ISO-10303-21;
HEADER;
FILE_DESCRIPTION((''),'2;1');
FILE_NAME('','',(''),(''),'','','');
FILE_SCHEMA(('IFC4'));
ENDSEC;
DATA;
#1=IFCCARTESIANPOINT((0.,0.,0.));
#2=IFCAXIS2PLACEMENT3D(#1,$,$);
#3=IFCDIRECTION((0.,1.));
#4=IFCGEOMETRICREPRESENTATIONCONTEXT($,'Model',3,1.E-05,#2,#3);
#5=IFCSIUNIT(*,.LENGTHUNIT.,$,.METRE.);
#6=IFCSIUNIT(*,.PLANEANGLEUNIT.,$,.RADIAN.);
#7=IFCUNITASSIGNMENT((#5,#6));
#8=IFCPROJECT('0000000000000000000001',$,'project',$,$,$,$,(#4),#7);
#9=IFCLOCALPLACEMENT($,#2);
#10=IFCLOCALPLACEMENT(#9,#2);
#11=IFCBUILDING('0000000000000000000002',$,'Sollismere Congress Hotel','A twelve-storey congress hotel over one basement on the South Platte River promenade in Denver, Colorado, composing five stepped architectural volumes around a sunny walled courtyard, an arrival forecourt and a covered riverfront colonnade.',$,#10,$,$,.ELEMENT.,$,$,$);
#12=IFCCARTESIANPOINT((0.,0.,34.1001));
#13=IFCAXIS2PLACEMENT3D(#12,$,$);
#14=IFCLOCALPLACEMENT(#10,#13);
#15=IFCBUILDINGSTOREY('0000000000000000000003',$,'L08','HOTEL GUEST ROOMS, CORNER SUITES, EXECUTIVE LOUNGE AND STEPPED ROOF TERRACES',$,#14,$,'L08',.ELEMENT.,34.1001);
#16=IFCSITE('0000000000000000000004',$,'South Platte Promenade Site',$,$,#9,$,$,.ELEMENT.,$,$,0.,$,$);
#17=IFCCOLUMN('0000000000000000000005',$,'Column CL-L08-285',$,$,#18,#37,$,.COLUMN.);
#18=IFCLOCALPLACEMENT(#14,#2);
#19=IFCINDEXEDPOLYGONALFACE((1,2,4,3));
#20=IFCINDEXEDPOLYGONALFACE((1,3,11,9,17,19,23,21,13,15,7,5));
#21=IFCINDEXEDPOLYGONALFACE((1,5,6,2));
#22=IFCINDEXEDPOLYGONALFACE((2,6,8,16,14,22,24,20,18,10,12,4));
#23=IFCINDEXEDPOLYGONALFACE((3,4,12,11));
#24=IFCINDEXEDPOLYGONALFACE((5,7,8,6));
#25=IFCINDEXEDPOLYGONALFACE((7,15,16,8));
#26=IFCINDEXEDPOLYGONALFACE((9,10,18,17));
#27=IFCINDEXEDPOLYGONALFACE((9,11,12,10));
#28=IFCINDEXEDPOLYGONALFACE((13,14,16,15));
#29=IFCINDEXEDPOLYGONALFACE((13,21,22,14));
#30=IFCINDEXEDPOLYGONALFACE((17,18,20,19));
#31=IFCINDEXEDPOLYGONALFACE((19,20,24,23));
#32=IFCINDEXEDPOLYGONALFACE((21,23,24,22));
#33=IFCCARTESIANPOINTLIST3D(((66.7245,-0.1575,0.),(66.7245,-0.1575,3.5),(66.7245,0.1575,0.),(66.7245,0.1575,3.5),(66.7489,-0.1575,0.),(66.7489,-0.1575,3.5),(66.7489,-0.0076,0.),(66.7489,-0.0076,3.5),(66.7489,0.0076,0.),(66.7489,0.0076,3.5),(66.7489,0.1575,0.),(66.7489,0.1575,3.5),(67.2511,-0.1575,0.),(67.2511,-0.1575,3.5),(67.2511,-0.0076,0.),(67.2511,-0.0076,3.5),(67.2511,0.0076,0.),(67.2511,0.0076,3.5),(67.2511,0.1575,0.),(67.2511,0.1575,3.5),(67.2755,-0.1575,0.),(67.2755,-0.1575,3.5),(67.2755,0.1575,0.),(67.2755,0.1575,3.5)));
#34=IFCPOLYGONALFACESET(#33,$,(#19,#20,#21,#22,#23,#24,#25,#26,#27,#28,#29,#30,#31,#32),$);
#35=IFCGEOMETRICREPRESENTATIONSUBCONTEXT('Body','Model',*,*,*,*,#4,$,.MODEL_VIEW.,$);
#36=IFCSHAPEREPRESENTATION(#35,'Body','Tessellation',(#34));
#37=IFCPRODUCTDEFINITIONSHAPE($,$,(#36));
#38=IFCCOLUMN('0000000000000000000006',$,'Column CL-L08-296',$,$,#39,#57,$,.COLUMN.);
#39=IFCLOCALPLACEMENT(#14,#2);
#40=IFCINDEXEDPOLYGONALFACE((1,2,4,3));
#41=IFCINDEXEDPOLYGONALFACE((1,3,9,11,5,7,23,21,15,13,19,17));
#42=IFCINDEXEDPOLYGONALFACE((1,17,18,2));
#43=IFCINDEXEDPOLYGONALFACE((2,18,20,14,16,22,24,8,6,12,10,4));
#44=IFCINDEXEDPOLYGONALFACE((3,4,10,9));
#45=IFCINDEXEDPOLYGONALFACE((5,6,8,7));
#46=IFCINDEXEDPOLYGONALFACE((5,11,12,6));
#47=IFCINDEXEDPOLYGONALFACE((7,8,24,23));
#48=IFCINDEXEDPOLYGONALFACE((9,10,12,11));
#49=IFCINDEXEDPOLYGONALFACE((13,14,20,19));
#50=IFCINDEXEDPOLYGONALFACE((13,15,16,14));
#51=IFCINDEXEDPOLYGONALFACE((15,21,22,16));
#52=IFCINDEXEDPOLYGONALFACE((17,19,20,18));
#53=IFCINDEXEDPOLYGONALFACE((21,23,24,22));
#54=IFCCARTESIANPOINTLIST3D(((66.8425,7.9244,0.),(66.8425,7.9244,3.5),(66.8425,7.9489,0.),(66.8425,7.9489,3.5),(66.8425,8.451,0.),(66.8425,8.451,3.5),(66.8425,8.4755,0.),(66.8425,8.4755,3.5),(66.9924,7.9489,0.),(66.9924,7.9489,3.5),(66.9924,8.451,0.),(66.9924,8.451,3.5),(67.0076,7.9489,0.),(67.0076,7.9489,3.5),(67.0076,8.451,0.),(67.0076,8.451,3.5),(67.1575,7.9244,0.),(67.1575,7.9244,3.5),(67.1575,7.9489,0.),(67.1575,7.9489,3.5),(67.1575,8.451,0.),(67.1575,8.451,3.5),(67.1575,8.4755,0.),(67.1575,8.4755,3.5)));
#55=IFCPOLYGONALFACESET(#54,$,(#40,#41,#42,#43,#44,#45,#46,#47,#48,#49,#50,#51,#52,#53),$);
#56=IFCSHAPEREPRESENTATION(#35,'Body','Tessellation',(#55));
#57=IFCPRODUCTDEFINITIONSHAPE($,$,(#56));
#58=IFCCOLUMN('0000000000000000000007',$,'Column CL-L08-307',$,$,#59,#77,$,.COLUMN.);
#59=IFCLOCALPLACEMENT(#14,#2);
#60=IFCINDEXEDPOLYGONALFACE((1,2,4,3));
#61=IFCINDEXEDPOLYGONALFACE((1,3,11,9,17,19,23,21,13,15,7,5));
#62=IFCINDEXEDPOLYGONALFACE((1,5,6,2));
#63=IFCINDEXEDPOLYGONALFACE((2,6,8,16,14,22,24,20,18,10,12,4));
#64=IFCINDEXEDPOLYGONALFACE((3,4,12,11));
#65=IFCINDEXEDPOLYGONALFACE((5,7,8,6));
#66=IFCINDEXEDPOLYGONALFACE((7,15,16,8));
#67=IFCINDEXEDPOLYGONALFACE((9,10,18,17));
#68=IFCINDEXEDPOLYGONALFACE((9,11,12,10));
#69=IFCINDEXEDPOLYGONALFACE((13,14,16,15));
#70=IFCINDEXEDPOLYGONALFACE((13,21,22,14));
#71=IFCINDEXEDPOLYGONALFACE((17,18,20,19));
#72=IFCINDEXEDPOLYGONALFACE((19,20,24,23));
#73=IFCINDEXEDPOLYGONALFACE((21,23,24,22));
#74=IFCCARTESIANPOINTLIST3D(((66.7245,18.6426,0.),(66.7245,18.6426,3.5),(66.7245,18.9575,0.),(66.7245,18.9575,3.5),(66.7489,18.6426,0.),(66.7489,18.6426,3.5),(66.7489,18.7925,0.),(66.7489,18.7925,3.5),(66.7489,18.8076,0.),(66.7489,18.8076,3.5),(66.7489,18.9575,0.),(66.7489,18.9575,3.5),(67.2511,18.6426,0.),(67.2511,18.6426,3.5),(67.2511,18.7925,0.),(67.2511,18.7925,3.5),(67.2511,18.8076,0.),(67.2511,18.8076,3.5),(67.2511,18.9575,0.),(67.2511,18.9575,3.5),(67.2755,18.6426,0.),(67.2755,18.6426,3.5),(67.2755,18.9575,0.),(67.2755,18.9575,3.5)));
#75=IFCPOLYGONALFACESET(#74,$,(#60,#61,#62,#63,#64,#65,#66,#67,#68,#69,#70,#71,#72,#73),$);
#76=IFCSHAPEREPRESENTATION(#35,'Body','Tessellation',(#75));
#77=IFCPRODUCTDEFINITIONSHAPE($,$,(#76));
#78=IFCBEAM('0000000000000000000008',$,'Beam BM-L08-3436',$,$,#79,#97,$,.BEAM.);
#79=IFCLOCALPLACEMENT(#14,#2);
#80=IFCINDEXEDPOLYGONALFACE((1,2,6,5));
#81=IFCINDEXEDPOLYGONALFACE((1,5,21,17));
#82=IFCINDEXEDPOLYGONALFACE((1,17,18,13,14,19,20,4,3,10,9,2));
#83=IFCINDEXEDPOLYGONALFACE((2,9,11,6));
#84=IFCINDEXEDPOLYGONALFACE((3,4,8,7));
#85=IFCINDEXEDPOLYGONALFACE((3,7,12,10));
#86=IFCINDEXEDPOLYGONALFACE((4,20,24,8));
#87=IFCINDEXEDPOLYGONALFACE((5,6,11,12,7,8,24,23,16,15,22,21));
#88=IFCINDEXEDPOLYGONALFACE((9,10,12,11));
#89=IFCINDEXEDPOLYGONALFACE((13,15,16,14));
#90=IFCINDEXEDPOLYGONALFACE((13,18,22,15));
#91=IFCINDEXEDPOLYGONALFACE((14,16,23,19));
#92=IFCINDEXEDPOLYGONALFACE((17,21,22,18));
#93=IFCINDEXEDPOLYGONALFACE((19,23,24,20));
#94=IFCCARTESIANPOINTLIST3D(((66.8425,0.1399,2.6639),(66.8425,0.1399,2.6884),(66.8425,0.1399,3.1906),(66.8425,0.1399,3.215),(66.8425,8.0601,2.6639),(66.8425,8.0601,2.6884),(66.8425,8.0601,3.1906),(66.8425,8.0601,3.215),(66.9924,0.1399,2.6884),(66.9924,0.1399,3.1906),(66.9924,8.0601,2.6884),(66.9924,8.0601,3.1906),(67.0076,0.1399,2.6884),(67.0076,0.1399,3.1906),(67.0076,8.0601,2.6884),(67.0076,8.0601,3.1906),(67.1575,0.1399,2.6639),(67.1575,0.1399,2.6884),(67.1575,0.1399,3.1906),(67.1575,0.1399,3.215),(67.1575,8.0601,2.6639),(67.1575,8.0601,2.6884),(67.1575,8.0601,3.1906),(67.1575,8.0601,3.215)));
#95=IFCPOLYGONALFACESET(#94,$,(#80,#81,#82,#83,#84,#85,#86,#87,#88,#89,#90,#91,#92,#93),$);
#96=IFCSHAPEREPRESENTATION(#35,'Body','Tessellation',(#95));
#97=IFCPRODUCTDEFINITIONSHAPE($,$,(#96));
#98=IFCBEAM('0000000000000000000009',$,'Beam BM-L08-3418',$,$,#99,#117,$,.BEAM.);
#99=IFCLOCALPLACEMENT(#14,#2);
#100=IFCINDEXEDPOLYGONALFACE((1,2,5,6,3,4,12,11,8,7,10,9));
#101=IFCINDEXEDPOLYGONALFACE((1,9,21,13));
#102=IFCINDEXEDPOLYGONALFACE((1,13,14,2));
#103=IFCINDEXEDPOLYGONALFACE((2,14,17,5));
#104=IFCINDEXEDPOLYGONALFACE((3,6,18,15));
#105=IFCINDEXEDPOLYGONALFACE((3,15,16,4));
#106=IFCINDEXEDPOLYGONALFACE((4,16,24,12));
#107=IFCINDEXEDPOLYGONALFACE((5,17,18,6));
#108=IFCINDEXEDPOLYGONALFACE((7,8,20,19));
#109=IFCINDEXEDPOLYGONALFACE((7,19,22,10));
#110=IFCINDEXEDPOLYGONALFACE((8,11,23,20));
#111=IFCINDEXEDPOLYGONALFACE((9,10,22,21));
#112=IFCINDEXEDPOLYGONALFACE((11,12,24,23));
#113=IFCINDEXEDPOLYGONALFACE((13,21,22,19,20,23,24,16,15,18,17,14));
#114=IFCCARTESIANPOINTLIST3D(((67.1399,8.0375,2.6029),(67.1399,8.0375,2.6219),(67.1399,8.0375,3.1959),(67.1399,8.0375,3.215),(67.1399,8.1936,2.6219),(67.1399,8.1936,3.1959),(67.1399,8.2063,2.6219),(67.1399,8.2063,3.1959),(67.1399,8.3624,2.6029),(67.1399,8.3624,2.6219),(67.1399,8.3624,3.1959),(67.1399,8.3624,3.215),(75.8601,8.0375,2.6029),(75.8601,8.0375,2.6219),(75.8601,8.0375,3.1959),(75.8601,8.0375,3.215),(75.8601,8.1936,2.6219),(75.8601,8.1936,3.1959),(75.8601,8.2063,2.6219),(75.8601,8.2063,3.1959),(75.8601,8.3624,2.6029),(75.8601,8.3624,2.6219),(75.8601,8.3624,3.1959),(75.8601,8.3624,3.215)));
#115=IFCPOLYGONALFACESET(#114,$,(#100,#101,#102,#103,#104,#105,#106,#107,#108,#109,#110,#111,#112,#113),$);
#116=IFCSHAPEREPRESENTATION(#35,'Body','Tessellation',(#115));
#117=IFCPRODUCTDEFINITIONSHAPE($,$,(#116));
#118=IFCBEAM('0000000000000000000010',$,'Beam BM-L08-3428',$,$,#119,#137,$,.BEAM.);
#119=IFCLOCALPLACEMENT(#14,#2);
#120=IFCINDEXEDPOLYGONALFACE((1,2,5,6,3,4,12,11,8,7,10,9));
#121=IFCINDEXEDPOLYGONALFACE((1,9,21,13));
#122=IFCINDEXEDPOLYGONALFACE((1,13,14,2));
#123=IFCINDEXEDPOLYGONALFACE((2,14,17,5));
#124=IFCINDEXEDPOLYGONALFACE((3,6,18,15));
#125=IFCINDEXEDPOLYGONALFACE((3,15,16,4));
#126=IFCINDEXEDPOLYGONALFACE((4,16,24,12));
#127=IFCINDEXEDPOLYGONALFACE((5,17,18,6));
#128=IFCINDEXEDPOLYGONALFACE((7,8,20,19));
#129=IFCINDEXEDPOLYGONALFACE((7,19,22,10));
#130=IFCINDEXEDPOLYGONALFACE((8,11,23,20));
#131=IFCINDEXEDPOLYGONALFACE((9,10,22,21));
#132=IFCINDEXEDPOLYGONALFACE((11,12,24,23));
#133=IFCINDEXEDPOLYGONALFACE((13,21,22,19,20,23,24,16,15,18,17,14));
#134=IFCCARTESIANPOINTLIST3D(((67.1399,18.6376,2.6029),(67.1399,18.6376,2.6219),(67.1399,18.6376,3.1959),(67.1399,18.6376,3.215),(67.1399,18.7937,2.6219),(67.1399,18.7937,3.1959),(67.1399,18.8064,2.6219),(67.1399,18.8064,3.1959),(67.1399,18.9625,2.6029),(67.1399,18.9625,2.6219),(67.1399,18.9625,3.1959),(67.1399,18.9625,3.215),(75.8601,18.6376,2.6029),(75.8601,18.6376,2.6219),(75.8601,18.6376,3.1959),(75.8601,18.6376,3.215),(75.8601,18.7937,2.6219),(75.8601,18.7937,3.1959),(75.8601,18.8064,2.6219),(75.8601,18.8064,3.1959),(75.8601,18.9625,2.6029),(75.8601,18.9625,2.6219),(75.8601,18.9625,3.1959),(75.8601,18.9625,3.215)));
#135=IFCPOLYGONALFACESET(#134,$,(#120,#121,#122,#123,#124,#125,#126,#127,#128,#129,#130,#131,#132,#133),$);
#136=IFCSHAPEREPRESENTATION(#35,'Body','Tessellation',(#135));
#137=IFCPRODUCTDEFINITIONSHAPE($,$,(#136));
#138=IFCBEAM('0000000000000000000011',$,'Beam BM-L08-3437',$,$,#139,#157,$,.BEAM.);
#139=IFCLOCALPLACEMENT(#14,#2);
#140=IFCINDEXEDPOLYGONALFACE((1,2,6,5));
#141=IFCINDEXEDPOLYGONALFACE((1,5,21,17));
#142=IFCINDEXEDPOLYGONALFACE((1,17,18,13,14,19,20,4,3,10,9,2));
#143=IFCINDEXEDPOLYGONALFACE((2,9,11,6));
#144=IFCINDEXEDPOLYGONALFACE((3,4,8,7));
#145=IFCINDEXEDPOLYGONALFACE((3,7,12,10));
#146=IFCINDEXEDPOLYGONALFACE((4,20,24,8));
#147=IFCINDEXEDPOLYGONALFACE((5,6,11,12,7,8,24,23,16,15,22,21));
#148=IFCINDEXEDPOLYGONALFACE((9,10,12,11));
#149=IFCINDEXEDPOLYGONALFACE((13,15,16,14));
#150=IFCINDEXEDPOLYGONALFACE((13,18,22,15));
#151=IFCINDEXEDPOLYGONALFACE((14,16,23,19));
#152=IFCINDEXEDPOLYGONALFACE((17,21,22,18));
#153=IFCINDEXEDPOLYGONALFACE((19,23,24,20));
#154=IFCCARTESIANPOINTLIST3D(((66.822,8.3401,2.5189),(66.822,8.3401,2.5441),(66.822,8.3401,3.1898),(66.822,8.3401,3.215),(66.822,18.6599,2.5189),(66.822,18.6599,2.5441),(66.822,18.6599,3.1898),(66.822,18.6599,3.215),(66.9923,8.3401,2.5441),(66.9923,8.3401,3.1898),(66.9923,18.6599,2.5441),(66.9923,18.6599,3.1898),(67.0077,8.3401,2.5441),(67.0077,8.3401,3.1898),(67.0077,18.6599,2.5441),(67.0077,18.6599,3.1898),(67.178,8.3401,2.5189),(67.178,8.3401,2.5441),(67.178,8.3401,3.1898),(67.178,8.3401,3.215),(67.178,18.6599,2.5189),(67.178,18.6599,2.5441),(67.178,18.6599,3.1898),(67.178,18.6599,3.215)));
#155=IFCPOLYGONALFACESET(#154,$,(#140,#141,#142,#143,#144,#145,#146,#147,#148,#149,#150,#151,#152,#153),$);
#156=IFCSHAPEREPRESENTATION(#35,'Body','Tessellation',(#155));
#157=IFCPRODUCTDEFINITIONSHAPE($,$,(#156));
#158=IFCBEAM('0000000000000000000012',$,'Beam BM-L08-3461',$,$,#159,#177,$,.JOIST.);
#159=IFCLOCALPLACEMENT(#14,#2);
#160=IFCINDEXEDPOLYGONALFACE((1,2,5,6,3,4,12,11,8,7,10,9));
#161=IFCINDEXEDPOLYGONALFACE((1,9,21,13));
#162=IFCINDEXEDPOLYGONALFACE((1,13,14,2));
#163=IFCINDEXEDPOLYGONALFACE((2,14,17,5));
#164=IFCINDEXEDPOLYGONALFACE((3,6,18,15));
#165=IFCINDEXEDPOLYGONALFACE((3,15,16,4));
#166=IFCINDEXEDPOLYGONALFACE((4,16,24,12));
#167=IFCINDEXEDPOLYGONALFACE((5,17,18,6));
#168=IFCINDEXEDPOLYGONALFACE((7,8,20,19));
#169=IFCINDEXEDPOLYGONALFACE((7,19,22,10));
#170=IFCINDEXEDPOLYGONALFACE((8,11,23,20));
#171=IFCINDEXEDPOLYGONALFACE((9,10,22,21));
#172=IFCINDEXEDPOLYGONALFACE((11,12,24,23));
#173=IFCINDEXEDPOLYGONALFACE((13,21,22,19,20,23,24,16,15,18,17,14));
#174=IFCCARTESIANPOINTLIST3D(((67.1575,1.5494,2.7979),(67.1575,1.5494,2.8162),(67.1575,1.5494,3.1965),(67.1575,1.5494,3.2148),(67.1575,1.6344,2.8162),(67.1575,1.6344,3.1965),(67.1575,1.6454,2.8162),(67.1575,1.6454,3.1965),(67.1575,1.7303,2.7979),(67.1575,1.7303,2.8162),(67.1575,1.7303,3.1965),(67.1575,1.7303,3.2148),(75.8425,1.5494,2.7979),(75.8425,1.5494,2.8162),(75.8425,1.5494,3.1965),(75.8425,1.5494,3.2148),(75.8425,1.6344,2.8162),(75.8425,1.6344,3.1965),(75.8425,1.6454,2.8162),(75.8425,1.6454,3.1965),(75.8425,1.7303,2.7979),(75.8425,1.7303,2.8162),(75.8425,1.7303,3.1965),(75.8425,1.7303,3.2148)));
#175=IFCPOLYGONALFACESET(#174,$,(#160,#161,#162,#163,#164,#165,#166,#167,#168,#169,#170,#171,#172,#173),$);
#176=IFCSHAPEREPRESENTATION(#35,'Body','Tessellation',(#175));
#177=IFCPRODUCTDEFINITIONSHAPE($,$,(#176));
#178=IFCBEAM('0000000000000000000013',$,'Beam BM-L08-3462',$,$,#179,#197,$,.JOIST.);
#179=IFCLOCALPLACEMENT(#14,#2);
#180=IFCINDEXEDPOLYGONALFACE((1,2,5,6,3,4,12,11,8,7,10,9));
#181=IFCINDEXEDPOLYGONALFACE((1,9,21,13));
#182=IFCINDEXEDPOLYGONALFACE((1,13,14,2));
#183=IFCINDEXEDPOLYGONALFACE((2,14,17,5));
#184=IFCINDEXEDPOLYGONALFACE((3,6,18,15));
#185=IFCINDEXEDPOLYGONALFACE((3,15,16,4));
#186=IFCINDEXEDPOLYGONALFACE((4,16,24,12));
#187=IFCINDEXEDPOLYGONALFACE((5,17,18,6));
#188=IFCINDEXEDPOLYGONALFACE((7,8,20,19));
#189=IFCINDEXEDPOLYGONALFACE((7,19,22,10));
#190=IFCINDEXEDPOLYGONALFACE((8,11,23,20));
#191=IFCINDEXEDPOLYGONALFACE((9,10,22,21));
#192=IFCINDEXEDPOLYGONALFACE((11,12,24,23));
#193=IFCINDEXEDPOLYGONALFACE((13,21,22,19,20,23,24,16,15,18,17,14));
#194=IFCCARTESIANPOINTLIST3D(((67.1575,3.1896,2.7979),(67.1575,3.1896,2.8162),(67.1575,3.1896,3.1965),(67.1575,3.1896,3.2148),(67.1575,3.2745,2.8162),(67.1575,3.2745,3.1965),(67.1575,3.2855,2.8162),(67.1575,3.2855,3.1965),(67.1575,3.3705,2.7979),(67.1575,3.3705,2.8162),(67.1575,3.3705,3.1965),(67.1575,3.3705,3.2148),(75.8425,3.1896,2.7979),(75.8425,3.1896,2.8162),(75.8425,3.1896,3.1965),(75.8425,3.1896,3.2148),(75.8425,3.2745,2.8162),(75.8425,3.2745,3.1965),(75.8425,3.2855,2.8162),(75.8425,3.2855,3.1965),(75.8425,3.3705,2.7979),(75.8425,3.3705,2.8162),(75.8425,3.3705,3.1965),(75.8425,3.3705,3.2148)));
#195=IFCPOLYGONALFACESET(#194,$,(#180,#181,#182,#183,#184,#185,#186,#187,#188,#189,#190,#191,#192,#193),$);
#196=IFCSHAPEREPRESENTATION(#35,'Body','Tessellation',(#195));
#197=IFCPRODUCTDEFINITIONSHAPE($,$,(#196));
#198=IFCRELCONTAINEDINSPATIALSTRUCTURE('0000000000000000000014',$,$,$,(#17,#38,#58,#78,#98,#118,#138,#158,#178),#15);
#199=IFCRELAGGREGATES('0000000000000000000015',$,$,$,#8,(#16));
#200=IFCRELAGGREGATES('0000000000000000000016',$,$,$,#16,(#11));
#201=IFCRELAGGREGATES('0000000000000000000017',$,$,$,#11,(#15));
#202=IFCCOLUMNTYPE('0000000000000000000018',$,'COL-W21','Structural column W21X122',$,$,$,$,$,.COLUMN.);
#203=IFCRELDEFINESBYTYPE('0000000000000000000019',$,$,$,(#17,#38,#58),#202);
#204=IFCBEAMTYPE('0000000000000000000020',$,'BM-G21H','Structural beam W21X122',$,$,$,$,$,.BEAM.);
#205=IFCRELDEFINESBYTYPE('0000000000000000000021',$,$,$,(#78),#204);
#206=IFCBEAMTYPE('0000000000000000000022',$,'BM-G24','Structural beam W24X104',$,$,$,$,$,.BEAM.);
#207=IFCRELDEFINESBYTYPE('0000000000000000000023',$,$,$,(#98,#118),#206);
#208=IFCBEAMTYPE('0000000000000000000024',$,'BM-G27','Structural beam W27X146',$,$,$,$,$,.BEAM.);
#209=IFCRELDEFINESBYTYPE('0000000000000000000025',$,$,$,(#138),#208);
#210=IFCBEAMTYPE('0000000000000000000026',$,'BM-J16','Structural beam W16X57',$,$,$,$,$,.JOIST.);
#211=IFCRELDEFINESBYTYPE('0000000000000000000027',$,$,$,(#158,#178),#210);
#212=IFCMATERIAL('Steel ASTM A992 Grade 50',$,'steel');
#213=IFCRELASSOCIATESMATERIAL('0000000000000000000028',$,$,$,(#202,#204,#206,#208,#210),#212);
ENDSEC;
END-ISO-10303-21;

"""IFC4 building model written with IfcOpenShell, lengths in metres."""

from ifc_helpers import new_model, si_unit, direction, frame, origin, origin_2d, place, context, subcontext, project, spatial, i_section, extrude, material, material_profile, profile_set, type_object, element, save


model = new_model("IFC4")

# Units and contexts
model_context = context("Model", 3, precision=1e-05, world=origin(), true_north=direction((0.0, 1.0)))
body_context = subcontext(model_context, "Body", "Model", "MODEL_VIEW")
ifc_project = project(units=[si_unit("LENGTHUNIT", "METRE"), si_unit("PLANEANGLEUNIT", "RADIAN")], contexts=[model_context])

# Site, building, storey
site_placement = place(None, origin())
site = spatial("IfcSite", under=ifc_project, at=site_placement, Name="South Platte Promenade Site", CompositionType="ELEMENT", RefElevation=0.0)
building_placement = place(site_placement, origin())
building = spatial("IfcBuilding", under=site, at=building_placement, Name="Sollismere Congress Hotel", Description="A twelve-storey congress hotel over one basement on the South Platte River promenade in Denver, Colorado, composing five stepped architectural volumes around a sunny walled courtyard, an arrival forecourt and a covered riverfront colonnade.", CompositionType="ELEMENT")
storey_placement = place(building_placement, frame((0.0, 0.0, 34.1001)))
storey = spatial("IfcBuildingStorey", under=building, at=storey_placement, Name="L08", Description="HOTEL GUEST ROOMS, CORNER SUITES, EXECUTIVE LOUNGE AND STEPPED ROOF TERRACES", LongName="L08", CompositionType="ELEMENT", Elevation=34.1001)

# Columns
ifc_material_1 = material(Name="Steel ASTM A992 Grade 50", Category="steel")
ifc_material_profile_1 = material_profile(ifc_material_1, i_section(OverallWidth=0.3149, OverallDepth=0.551, WebThickness=0.0151, FlangeThickness=0.0244, at=origin_2d()), Name="W21X122")
ifc_profile_set_1 = profile_set([ifc_material_profile_1], Name="Steel ASTM A992 Grade 50")
column_type = type_object("IfcColumnType", Name="COL-W21", Description="Structural column W21X122", PredefinedType="COLUMN", material=ifc_profile_set_1)
for number, where, z_axis, x_axis, name in (
    (1, (67.0, 0.0, 0.0), (0.0, 0.0, 1.0), (0.0, 1.0, 0.0), "Column CL-L08-285"),
    (2, (67.0, 8.2, 0.0), (0.0, 0.0, 1.0), (1.0, 0.0, 0.0), "Column CL-L08-296"),
    (3, (67.0, 18.8, 0.0), (0.0, 0.0, 1.0), (0.0, 1.0, 0.0), "Column CL-L08-307"),
):
    element("IfcColumn", number, at=place(storey_placement, frame(where, z_axis=z_axis, x_axis=x_axis)), inside=storey, type_object=column_type, Name=name, PredefinedType="COLUMN", context=body_context, shape_type="SweptSolid", body=[
        extrude(i_section(OverallWidth=0.3149, OverallDepth=0.551, WebThickness=0.0151, FlangeThickness=0.0244, at=origin_2d()), origin(), (0.0, 0.0, 1.0), 3.5),
    ])

# Beams
ifc_material_profile_2 = material_profile(ifc_material_1, i_section(OverallWidth=0.3149, OverallDepth=0.551, WebThickness=0.0151, FlangeThickness=0.0244, at=origin_2d()), Name="W21X122")
ifc_profile_set_2 = profile_set([ifc_material_profile_2], Name="Steel ASTM A992 Grade 50")
beam_type_1 = type_object("IfcBeamType", Name="BM-G21H", Description="Structural beam W21X122", PredefinedType="BEAM", material=ifc_profile_set_2)
beam_1_placement = place(storey_placement, frame((67.0, 0.1399, 2.9395), z_axis=(0.0, 1.0, 0.0), x_axis=(-1.0, 0.0, 0.0)))
element("IfcBeam", 4, at=beam_1_placement, inside=storey, type_object=beam_type_1, Name="Beam BM-L08-3436", PredefinedType="BEAM", context=body_context, shape_type="SweptSolid", body=[
    extrude(i_section(OverallWidth=0.3149, OverallDepth=0.551, WebThickness=0.0151, FlangeThickness=0.0244, at=origin_2d()), origin(), (0.0, 0.0, 1.0), 7.9202),
])
ifc_material_profile_3 = material_profile(ifc_material_1, i_section(OverallWidth=0.325, OverallDepth=0.6121, WebThickness=0.0127, FlangeThickness=0.019, at=origin_2d()), Name="W24X104")
ifc_profile_set_3 = profile_set([ifc_material_profile_3], Name="Steel ASTM A992 Grade 50")
beam_type_2 = type_object("IfcBeamType", Name="BM-G24", Description="Structural beam W24X104", PredefinedType="BEAM", material=ifc_profile_set_3)
for number, where, z_axis, x_axis, name in (
    (5, (67.1399, 8.2, 2.9089), (1.0, 0.0, 0.0), (0.0, 1.0, 0.0), "Beam BM-L08-3418"),
    (6, (67.1399, 18.8, 2.9089), (1.0, 0.0, 0.0), (0.0, 1.0, 0.0), "Beam BM-L08-3428"),
):
    element("IfcBeam", number, at=place(storey_placement, frame(where, z_axis=z_axis, x_axis=x_axis)), inside=storey, type_object=beam_type_2, Name=name, PredefinedType="BEAM", context=body_context, shape_type="SweptSolid", body=[
        extrude(i_section(OverallWidth=0.325, OverallDepth=0.6121, WebThickness=0.0127, FlangeThickness=0.019, at=origin_2d()), origin(), (0.0, 0.0, 1.0), 8.7202),
    ])
ifc_material_profile_4 = material_profile(ifc_material_1, i_section(OverallWidth=0.356, OverallDepth=0.696, WebThickness=0.0154, FlangeThickness=0.0251, at=origin_2d()), Name="W27X146")
ifc_profile_set_4 = profile_set([ifc_material_profile_4], Name="Steel ASTM A992 Grade 50")
beam_type_3 = type_object("IfcBeamType", Name="BM-G27", Description="Structural beam W27X146", PredefinedType="BEAM", material=ifc_profile_set_4)
beam_2_placement = place(storey_placement, frame((67.0, 8.3401, 2.8669), z_axis=(0.0, 1.0, 0.0), x_axis=(-1.0, 0.0, 0.0)))
element("IfcBeam", 7, at=beam_2_placement, inside=storey, type_object=beam_type_3, Name="Beam BM-L08-3437", PredefinedType="BEAM", context=body_context, shape_type="SweptSolid", body=[
    extrude(i_section(OverallWidth=0.356, OverallDepth=0.696, WebThickness=0.0154, FlangeThickness=0.0251, at=origin_2d()), origin(), (0.0, 0.0, 1.0), 10.3198),
])
ifc_material_profile_5 = material_profile(ifc_material_1, i_section(OverallWidth=0.1809, OverallDepth=0.417, WebThickness=0.011, FlangeThickness=0.0183, at=origin_2d()), Name="W16X57")
ifc_profile_set_5 = profile_set([ifc_material_profile_5], Name="Steel ASTM A992 Grade 50")
beam_type_4 = type_object("IfcBeamType", Name="BM-J16", Description="Structural beam W16X57", PredefinedType="JOIST", material=ifc_profile_set_5)
for number, where, z_axis, x_axis, name in (
    (8, (67.1575, 1.6399, 3.0063), (1.0, 0.0, 0.0), (0.0, 1.0, 0.0), "Beam BM-L08-3461"),
    (9, (67.1575, 3.28, 3.0063), (1.0, 0.0, 0.0), (0.0, 1.0, 0.0), "Beam BM-L08-3462"),
):
    element("IfcBeam", number, at=place(storey_placement, frame(where, z_axis=z_axis, x_axis=x_axis)), inside=storey, type_object=beam_type_4, Name=name, PredefinedType="JOIST", context=body_context, shape_type="SweptSolid", body=[
        extrude(i_section(OverallWidth=0.1809, OverallDepth=0.417, WebThickness=0.011, FlangeThickness=0.0183, at=origin_2d()), origin(), (0.0, 0.0, 1.0), 8.6851),
    ])

save(model, "model.ifc")
